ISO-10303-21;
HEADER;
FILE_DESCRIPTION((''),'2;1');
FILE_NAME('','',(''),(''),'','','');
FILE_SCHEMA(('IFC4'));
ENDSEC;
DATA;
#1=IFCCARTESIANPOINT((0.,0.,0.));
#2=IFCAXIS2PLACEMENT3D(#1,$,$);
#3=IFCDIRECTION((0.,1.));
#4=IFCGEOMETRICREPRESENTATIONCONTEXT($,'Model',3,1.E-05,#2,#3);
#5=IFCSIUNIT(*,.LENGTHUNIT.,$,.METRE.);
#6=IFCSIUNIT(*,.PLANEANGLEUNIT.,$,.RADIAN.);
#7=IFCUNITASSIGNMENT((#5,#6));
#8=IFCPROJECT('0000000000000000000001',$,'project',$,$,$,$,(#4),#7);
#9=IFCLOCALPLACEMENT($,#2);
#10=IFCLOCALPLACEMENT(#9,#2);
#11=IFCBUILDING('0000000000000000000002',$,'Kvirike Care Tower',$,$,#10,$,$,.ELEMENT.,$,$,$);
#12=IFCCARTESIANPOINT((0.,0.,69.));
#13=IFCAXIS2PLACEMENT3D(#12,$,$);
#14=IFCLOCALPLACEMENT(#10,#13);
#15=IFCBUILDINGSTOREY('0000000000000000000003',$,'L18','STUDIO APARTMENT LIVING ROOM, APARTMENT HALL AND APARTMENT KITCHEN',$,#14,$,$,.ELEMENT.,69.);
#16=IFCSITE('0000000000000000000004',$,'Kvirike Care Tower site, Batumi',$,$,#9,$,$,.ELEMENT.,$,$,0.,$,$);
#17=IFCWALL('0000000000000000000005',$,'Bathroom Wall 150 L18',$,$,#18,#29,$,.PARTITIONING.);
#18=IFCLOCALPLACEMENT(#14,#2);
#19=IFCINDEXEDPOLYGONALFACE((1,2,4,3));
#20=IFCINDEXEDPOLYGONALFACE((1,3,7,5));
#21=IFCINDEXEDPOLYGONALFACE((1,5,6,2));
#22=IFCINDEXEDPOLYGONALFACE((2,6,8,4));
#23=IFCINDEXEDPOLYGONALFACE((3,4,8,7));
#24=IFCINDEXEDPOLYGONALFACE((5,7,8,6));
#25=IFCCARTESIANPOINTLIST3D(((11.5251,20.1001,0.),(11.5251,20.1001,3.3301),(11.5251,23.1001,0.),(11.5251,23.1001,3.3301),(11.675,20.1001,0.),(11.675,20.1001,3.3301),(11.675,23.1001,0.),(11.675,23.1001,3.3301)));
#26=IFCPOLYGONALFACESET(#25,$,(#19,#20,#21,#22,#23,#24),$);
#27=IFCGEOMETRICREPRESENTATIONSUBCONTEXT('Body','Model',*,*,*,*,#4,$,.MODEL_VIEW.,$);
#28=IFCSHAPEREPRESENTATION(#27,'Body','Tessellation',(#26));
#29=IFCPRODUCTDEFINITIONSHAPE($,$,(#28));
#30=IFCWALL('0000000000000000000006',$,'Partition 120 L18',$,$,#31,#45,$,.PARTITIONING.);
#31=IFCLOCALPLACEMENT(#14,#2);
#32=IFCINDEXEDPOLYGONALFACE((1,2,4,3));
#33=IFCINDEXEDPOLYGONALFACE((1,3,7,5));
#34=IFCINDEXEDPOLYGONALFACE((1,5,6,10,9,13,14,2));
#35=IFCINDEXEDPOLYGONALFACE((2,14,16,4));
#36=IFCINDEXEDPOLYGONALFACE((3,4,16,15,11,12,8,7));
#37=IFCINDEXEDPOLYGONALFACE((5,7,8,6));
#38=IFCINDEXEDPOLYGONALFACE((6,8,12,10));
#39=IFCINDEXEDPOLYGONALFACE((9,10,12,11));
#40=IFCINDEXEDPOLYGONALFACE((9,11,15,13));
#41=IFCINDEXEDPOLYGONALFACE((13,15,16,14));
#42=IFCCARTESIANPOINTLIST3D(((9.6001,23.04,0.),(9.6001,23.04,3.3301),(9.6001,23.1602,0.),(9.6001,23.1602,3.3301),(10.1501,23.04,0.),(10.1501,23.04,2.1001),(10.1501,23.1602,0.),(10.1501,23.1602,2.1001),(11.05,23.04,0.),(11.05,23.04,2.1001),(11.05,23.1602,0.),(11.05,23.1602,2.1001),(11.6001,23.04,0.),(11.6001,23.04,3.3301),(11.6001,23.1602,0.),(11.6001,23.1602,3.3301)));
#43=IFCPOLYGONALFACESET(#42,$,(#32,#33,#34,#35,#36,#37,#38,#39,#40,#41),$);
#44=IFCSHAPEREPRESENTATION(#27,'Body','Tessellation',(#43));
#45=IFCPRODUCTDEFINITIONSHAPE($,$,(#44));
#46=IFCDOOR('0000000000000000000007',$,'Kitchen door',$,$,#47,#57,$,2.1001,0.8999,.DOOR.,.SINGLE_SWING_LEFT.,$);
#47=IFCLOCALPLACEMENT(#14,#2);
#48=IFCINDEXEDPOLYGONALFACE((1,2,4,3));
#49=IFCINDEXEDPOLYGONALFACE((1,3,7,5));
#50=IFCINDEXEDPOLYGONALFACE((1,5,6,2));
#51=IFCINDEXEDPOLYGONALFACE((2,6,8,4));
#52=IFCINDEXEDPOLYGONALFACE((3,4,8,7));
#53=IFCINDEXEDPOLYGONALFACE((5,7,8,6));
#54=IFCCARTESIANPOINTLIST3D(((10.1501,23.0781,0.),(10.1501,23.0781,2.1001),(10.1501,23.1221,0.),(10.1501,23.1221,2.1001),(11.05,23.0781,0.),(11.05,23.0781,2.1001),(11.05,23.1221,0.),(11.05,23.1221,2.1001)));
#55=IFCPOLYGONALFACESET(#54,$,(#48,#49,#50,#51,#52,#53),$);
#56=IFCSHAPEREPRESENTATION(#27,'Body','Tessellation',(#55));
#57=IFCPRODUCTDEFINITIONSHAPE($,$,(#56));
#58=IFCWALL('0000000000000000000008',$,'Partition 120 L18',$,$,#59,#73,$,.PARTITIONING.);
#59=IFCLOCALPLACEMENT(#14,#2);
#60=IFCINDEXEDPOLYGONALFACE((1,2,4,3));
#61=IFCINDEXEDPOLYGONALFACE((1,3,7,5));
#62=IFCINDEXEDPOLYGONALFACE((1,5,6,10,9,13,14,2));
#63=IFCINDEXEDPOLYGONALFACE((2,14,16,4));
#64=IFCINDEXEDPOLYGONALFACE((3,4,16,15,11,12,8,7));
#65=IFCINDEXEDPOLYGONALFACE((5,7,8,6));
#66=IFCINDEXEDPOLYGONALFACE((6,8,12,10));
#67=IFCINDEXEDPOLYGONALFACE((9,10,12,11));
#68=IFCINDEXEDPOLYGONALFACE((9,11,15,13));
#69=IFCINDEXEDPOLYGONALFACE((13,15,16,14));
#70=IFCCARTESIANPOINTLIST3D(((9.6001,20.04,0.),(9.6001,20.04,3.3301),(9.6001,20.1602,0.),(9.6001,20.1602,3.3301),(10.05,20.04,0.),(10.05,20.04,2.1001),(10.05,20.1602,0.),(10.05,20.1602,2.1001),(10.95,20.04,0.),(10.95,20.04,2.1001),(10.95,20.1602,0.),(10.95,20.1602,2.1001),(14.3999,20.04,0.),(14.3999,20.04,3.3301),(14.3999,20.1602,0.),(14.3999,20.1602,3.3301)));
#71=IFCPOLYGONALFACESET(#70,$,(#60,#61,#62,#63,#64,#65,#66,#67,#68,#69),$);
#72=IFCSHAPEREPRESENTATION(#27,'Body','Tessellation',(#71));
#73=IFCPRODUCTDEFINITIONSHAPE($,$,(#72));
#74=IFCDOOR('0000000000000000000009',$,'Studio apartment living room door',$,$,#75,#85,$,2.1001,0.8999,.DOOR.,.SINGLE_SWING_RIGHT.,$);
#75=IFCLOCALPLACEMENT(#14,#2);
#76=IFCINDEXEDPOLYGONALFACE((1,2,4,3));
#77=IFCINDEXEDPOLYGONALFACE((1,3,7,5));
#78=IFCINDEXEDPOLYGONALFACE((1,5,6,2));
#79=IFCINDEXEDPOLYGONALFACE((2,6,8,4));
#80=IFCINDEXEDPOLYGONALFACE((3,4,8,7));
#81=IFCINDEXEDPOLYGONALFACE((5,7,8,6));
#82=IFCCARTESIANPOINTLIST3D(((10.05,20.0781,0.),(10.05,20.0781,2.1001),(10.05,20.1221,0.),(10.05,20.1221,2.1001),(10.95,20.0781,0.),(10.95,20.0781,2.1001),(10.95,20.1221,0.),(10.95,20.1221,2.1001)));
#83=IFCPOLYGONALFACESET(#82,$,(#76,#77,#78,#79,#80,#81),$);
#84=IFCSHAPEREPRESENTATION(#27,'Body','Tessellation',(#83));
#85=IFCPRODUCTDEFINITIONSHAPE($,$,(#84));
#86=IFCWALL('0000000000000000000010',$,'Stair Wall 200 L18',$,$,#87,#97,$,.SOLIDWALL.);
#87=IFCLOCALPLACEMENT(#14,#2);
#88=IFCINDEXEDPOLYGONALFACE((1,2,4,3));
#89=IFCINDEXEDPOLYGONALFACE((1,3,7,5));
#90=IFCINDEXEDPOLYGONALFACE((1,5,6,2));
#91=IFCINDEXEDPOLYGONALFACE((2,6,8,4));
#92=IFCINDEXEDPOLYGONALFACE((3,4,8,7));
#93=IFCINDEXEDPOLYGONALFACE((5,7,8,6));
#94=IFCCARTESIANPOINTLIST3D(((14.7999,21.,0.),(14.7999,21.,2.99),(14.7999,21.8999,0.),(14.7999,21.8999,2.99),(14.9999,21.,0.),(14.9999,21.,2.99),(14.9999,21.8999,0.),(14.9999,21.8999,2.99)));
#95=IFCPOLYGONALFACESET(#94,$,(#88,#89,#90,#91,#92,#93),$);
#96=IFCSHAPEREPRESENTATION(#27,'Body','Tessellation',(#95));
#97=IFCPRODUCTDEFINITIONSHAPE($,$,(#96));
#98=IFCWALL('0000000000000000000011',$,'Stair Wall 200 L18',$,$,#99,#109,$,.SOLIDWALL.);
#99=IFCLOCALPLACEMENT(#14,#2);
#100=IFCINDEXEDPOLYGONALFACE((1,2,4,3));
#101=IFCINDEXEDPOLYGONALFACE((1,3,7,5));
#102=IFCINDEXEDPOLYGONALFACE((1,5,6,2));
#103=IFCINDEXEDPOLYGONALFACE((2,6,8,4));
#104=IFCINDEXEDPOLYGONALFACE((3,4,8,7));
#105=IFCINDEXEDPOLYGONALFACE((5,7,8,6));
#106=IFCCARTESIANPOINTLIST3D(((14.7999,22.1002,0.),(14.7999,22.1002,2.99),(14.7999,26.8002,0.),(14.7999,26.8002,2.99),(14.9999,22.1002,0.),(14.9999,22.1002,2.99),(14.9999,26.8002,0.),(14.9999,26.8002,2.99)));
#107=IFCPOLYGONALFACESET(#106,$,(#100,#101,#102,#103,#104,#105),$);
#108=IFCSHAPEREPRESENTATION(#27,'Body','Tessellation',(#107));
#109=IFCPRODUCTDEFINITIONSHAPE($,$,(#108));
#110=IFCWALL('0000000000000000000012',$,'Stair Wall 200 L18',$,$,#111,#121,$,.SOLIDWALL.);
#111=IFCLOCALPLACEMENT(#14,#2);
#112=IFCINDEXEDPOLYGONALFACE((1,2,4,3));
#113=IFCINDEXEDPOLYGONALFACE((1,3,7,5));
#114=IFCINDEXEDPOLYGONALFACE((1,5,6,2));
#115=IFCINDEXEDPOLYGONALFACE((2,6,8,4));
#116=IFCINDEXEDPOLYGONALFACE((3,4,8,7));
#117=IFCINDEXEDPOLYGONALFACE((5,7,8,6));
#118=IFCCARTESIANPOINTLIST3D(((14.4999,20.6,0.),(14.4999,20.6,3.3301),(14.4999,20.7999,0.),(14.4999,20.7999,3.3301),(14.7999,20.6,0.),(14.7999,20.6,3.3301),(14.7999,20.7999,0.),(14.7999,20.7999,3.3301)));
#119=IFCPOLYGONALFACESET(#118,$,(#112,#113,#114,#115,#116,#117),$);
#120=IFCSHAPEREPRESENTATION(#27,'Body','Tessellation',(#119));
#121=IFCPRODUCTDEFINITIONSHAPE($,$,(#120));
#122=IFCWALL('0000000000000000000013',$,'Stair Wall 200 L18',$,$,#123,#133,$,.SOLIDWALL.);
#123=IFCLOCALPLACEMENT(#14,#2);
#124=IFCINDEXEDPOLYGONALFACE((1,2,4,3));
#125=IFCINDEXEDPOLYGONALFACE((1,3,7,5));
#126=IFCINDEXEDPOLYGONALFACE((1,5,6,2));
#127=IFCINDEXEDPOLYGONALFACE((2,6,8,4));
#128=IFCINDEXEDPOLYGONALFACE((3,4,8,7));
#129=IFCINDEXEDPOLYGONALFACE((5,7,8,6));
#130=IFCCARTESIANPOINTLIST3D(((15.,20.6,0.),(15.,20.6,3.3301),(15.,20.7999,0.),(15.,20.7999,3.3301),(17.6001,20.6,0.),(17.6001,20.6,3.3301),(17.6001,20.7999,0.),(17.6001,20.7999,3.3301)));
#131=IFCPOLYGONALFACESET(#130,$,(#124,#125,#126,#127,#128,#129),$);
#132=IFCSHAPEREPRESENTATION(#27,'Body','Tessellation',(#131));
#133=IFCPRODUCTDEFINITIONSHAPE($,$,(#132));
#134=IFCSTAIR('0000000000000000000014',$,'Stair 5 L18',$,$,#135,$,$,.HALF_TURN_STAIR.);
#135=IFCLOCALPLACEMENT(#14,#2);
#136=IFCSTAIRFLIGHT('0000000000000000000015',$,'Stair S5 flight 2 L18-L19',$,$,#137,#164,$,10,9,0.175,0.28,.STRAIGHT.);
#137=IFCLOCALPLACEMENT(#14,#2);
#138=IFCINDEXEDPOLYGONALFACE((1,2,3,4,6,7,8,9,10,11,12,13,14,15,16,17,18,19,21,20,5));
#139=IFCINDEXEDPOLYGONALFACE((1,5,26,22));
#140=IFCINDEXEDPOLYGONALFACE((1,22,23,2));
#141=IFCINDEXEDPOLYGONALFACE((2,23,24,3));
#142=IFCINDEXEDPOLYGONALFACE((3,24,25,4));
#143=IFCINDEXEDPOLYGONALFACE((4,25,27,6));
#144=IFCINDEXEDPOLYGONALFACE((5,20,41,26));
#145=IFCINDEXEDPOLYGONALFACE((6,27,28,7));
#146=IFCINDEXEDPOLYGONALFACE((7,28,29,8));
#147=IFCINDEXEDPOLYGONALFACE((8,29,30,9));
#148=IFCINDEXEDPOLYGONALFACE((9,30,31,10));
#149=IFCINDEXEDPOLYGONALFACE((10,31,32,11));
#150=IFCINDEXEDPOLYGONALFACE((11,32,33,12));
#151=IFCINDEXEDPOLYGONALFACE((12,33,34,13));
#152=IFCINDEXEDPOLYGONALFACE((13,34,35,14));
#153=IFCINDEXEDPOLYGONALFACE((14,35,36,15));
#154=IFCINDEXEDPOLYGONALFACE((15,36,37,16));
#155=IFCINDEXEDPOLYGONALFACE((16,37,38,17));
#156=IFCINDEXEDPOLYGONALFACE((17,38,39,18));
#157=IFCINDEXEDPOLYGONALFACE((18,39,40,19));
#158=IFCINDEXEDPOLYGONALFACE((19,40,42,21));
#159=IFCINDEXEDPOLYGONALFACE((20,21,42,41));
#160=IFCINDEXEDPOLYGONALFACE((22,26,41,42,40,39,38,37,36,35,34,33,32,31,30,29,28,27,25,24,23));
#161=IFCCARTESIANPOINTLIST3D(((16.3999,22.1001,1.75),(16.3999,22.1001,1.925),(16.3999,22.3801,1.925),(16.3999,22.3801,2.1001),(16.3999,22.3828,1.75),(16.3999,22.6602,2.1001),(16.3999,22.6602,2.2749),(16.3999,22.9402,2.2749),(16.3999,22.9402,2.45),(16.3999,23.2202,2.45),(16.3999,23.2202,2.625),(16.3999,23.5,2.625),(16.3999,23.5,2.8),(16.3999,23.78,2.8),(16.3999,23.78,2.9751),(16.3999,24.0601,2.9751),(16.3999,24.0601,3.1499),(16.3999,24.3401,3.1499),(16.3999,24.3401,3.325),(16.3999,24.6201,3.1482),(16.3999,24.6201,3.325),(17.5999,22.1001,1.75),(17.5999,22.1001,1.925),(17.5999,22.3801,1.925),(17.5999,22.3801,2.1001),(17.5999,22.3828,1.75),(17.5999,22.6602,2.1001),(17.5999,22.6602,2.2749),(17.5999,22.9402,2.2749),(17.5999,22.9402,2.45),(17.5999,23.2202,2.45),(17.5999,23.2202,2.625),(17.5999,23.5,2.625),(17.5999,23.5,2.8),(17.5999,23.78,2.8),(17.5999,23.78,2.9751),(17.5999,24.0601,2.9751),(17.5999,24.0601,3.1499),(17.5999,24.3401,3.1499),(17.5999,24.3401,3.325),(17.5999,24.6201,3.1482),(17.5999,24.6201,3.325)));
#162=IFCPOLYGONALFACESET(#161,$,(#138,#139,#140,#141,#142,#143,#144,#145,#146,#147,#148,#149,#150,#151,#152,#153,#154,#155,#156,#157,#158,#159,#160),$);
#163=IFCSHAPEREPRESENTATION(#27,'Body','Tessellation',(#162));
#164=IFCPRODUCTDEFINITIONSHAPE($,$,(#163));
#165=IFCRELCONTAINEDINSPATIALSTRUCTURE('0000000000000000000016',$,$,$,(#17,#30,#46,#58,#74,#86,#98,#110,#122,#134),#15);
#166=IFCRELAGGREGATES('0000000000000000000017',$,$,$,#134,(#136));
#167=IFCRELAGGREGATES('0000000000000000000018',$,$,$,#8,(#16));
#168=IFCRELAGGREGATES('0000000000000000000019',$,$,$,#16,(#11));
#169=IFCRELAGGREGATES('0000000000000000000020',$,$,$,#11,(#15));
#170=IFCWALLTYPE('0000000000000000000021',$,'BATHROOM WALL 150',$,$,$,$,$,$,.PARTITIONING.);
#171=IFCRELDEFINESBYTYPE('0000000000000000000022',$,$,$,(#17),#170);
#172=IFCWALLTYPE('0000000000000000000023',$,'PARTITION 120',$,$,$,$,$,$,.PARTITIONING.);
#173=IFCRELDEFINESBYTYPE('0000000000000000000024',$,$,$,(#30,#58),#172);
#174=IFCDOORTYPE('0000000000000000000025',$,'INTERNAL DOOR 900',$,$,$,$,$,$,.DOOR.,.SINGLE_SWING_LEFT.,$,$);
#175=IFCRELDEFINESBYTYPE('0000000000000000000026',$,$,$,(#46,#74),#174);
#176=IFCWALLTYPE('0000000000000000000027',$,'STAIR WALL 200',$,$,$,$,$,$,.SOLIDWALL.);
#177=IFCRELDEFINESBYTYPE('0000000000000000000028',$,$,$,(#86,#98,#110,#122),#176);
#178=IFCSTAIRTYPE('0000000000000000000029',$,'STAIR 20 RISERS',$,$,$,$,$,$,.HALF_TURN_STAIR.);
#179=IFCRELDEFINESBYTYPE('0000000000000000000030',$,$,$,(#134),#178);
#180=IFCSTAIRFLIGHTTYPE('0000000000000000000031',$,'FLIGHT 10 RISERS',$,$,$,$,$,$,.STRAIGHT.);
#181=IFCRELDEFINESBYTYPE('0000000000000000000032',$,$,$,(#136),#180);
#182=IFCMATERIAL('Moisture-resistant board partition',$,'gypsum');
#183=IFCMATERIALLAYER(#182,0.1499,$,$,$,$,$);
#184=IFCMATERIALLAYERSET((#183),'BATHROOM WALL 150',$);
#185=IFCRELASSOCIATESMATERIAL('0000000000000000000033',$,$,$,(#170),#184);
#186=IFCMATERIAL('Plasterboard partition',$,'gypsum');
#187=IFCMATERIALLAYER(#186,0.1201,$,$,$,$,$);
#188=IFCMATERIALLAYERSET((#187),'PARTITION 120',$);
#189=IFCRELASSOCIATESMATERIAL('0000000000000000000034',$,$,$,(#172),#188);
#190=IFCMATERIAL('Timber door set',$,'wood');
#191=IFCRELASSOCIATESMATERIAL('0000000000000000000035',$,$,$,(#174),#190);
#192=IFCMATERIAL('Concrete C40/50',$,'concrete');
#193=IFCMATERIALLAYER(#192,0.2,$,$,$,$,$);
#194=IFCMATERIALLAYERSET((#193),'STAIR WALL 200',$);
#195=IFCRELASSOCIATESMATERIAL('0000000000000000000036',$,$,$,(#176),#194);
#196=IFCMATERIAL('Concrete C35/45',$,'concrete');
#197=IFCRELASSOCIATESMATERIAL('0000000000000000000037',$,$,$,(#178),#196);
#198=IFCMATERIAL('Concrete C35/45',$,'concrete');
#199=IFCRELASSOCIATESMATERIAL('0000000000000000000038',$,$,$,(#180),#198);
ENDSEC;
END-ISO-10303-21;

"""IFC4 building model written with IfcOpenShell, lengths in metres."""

from ifc_helpers import new_model, si_unit, direction, frame, frame_2d, origin, place, context, subcontext, project, spatial, polyline, rectangle, outline, extrude, material, layer, layer_set, type_object, element, fill, aggregate, save


model = new_model("IFC4")

# Units and contexts
model_context = context("Model", 3, precision=1e-05, world=origin(), true_north=direction((0.0, 1.0)))
body_context = subcontext(model_context, "Body", "Model", "MODEL_VIEW")
ifc_project = project(units=[si_unit("LENGTHUNIT", "METRE"), si_unit("PLANEANGLEUNIT", "RADIAN")], contexts=[model_context])

# Site, building, storey
site_placement = place(None, origin())
site = spatial("IfcSite", under=ifc_project, at=site_placement, Name="Kvirike Care Tower site, Batumi", CompositionType="ELEMENT", RefElevation=0.0)
building_placement = place(site_placement, origin())
building = spatial("IfcBuilding", under=site, at=building_placement, Name="Kvirike Care Tower", CompositionType="ELEMENT")
storey_placement = place(building_placement, frame((0.0, 0.0, 69.0)))
storey = spatial("IfcBuildingStorey", under=building, at=storey_placement, Name="L18", Description="STUDIO APARTMENT LIVING ROOM, APARTMENT HALL AND APARTMENT KITCHEN", CompositionType="ELEMENT", Elevation=69.0)

# Shared definitions
ifc_material_1 = material(Name="Moisture-resistant board partition", Category="gypsum")
ifc_layer_1 = layer(ifc_material_1, 0.1499)
ifc_layer_set_1 = layer_set([ifc_layer_1], Name="BATHROOM WALL 150")
wall_type_1 = type_object("IfcWallType", Name="BATHROOM WALL 150", PredefinedType="PARTITIONING", material=ifc_layer_set_1)

# Wall
wall_1_placement = place(storey_placement, frame((11.6001, 20.1001, 0.0), z_axis=(0.0, 0.0, 1.0), x_axis=(0.0, 1.0, 0.0)))
element("IfcWall", 1, at=wall_1_placement, inside=storey, type_object=wall_type_1, Name="Bathroom Wall 150 L18", PredefinedType="PARTITIONING", context=body_context, shape_type="SweptSolid", body=[
    extrude(rectangle(XDim=3.0, YDim=0.1499, at=frame_2d((1.5, 0.0))), origin(), (0.0, 0.0, 1.0), 3.3301),
])

# Walls, openings, doors
ifc_material_2 = material(Name="Plasterboard partition", Category="gypsum")
ifc_layer_2 = layer(ifc_material_2, 0.1201)
ifc_layer_set_2 = layer_set([ifc_layer_2], Name="PARTITION 120")
wall_type_2 = type_object("IfcWallType", Name="PARTITION 120", PredefinedType="PARTITIONING", material=ifc_layer_set_2)
wall_2_placement = place(storey_placement, frame((9.6001, 23.1001, 0.0), z_axis=(0.0, 0.0, 1.0), x_axis=(1.0, 0.0, 0.0)))
wall_2 = element("IfcWall", 2, at=wall_2_placement, inside=storey, type_object=wall_type_2, Name="Partition 120 L18", PredefinedType="PARTITIONING", context=body_context, shape_type="SweptSolid", body=[
    extrude(rectangle(XDim=2.0, YDim=0.1201, at=frame_2d((1.0, 0.0))), origin(), (0.0, 0.0, 1.0), 3.3301),
])
opening_1_placement = place(wall_2_placement, frame((0.55, 0.0, 0.0)))
opening_1 = element("IfcOpeningElement", 3, at=opening_1_placement, cuts=wall_2, PredefinedType="OPENING", context=body_context, shape_type="SweptSolid", body=[
    extrude(rectangle(XDim=0.8999, YDim=2.1001, at=frame_2d((0.45, 1.05))), frame((0.0, 0.0706, 0.0), z_axis=(0.0, -1.0, 0.0), x_axis=(1.0, 0.0, 0.0)), (0.0, 0.0, 1.0), 0.1411),
])
ifc_material_3 = material(Name="Timber door set", Category="wood")
door_type_1 = type_object("IfcDoorType", Name="INTERNAL DOOR 900", OperationType="SINGLE_SWING_LEFT", PredefinedType="DOOR", material=ifc_material_3)
door_1_placement = place(opening_1_placement, frame((0.8999, 0.0, 0.0), z_axis=(0.0, 0.0, 1.0), x_axis=(-1.0, 0.0, 0.0)))
door_1 = element("IfcDoor", 4, at=door_1_placement, inside=storey, type_object=door_type_1, Name="Kitchen door", OperationType="SINGLE_SWING_LEFT", OverallHeight=2.1001, OverallWidth=0.8999, PredefinedType="DOOR", context=body_context, shape_type="SweptSolid", body=[
    extrude(rectangle(XDim=0.8999, YDim=2.1001, at=frame_2d((0.45, 1.05))), frame((0.0, 0.022, 0.0), z_axis=(0.0, -1.0, 0.0), x_axis=(1.0, 0.0, 0.0)), (0.0, 0.0, 1.0), 0.0439),
])
fill(opening_1, door_1)
wall_3_placement = place(storey_placement, frame((9.6001, 20.1001, 0.0), z_axis=(0.0, 0.0, 1.0), x_axis=(1.0, 0.0, 0.0)))
wall_3 = element("IfcWall", 5, at=wall_3_placement, inside=storey, type_object=wall_type_2, Name="Partition 120 L18", PredefinedType="PARTITIONING", context=body_context, shape_type="SweptSolid", body=[
    extrude(rectangle(XDim=4.7998, YDim=0.1201, at=frame_2d((2.3999, 0.0))), origin(), (0.0, 0.0, 1.0), 3.3301),
])
opening_2_placement = place(wall_3_placement, frame((0.45, 0.0, 0.0)))
opening_2 = element("IfcOpeningElement", 6, at=opening_2_placement, cuts=wall_3, PredefinedType="OPENING", context=body_context, shape_type="SweptSolid", body=[
    extrude(rectangle(XDim=0.8999, YDim=2.1001, at=frame_2d((0.45, 1.05))), frame((0.0, 0.0706, 0.0), z_axis=(0.0, -1.0, 0.0), x_axis=(1.0, 0.0, 0.0)), (0.0, 0.0, 1.0), 0.1411),
])
door_2_placement = place(opening_2_placement, origin())
door_2 = element("IfcDoor", 7, at=door_2_placement, inside=storey, type_object=door_type_1, Name="Studio apartment living room door", OperationType="SINGLE_SWING_RIGHT", OverallHeight=2.1001, OverallWidth=0.8999, PredefinedType="DOOR", context=body_context, shape_type="SweptSolid", body=[
    extrude(rectangle(XDim=0.8999, YDim=2.1001, at=frame_2d((0.45, 1.05))), frame((0.0, 0.022, 0.0), z_axis=(0.0, -1.0, 0.0), x_axis=(1.0, 0.0, 0.0)), (0.0, 0.0, 1.0), 0.0439),
])
fill(opening_2, door_2)

# Walls
ifc_material_4 = material(Name="Concrete C40/50", Category="concrete")
ifc_layer_3 = layer(ifc_material_4, 0.2)
ifc_layer_set_3 = layer_set([ifc_layer_3], Name="STAIR WALL 200")
wall_type_3 = type_object("IfcWallType", Name="STAIR WALL 200", PredefinedType="SOLIDWALL", material=ifc_layer_set_3)
wall_4_placement = place(storey_placement, frame((14.8999, 21.0, 0.0), z_axis=(0.0, 0.0, 1.0), x_axis=(0.0, 1.0, 0.0)))
element("IfcWall", 8, at=wall_4_placement, inside=storey, type_object=wall_type_3, Name="Stair Wall 200 L18", PredefinedType="SOLIDWALL", context=body_context, shape_type="SweptSolid", body=[
    extrude(rectangle(XDim=0.8999, YDim=0.2, at=frame_2d((0.45, 0.0))), origin(), (0.0, 0.0, 1.0), 2.99),
])
wall_5_placement = place(storey_placement, frame((14.8999, 22.1001, 0.0), z_axis=(0.0, 0.0, 1.0), x_axis=(0.0, 1.0, 0.0)))
element("IfcWall", 9, at=wall_5_placement, inside=storey, type_object=wall_type_3, Name="Stair Wall 200 L18", PredefinedType="SOLIDWALL", context=body_context, shape_type="SweptSolid", body=[
    extrude(rectangle(XDim=4.7, YDim=0.2, at=frame_2d((2.3501, 0.0))), origin(), (0.0, 0.0, 1.0), 2.99),
])
wall_6_placement = place(storey_placement, frame((14.5, 20.7, 0.0), z_axis=(0.0, 0.0, 1.0), x_axis=(1.0, 0.0, 0.0)))
element("IfcWall", 10, at=wall_6_placement, inside=storey, type_object=wall_type_3, Name="Stair Wall 200 L18", PredefinedType="SOLIDWALL", context=body_context, shape_type="SweptSolid", body=[
    extrude(rectangle(XDim=0.3, YDim=0.2, at=frame_2d((0.1499, 0.0))), origin(), (0.0, 0.0, 1.0), 3.3301),
])
wall_7_placement = place(storey_placement, frame((15.0, 20.7, 0.0), z_axis=(0.0, 0.0, 1.0), x_axis=(1.0, 0.0, 0.0)))
element("IfcWall", 11, at=wall_7_placement, inside=storey, type_object=wall_type_3, Name="Stair Wall 200 L18", PredefinedType="SOLIDWALL", context=body_context, shape_type="SweptSolid", body=[
    extrude(rectangle(XDim=2.6001, YDim=0.2, at=frame_2d((1.3, 0.0))), origin(), (0.0, 0.0, 1.0), 3.3301),
])

# Stair, stair flight
ifc_material_5 = material(Name="Concrete C35/45", Category="concrete")
stair_type = type_object("IfcStairType", Name="STAIR 20 RISERS", PredefinedType="HALF_TURN_STAIR", material=ifc_material_5)
stair_placement = place(storey_placement, origin())
stair = element("IfcStair", 12, at=stair_placement, inside=storey, type_object=stair_type, Name="Stair 5 L18", PredefinedType="HALF_TURN_STAIR")
ifc_material_6 = material(Name="Concrete C35/45", Category="concrete")
stair_flight_type = type_object("IfcStairFlightType", Name="FLIGHT 10 RISERS", PredefinedType="STRAIGHT", material=ifc_material_6)
stair_flight_placement = place(storey_placement, frame((17.0, 22.1001, 1.75), z_axis=(0.0, 0.0, 1.0), x_axis=(0.0, 1.0, 0.0)))
stair_flight = element("IfcStairFlight", 13, at=stair_flight_placement, type_object=stair_flight_type, Name="Stair S5 flight 2 L18-L19", NumberOfRisers=10, NumberOfTreads=9, PredefinedType="STRAIGHT", RiserHeight=0.175, TreadLength=0.28, context=body_context, shape_type="SweptSolid", body=[
    extrude(outline(polyline([(0.0, 0.0), (0.0, 0.175), (0.28, 0.175), (0.28, 0.3501), (0.5601, 0.3501), (0.5601, 0.5249), (0.8401, 0.5249), (0.8401, 0.7), (1.1201, 0.7), (1.1201, 0.875), (1.3999, 0.875), (1.3999, 1.05), (1.6799, 1.05), (1.6799, 1.2251), (1.96, 1.2251), (1.96, 1.3999), (2.24, 1.3999), (2.24, 1.575), (2.52, 1.575), (2.52, 1.75), (2.52, 1.3982), (0.2827, 0.0), (0.0, 0.0)])), frame((0.0, 0.6001, 0.0), z_axis=(0.0, -1.0, 0.0), x_axis=(1.0, 0.0, 0.0)), (0.0, 0.0, 1.0), 1.2),
])
aggregate(stair, [stair_flight])

save(model, "model.ifc")
